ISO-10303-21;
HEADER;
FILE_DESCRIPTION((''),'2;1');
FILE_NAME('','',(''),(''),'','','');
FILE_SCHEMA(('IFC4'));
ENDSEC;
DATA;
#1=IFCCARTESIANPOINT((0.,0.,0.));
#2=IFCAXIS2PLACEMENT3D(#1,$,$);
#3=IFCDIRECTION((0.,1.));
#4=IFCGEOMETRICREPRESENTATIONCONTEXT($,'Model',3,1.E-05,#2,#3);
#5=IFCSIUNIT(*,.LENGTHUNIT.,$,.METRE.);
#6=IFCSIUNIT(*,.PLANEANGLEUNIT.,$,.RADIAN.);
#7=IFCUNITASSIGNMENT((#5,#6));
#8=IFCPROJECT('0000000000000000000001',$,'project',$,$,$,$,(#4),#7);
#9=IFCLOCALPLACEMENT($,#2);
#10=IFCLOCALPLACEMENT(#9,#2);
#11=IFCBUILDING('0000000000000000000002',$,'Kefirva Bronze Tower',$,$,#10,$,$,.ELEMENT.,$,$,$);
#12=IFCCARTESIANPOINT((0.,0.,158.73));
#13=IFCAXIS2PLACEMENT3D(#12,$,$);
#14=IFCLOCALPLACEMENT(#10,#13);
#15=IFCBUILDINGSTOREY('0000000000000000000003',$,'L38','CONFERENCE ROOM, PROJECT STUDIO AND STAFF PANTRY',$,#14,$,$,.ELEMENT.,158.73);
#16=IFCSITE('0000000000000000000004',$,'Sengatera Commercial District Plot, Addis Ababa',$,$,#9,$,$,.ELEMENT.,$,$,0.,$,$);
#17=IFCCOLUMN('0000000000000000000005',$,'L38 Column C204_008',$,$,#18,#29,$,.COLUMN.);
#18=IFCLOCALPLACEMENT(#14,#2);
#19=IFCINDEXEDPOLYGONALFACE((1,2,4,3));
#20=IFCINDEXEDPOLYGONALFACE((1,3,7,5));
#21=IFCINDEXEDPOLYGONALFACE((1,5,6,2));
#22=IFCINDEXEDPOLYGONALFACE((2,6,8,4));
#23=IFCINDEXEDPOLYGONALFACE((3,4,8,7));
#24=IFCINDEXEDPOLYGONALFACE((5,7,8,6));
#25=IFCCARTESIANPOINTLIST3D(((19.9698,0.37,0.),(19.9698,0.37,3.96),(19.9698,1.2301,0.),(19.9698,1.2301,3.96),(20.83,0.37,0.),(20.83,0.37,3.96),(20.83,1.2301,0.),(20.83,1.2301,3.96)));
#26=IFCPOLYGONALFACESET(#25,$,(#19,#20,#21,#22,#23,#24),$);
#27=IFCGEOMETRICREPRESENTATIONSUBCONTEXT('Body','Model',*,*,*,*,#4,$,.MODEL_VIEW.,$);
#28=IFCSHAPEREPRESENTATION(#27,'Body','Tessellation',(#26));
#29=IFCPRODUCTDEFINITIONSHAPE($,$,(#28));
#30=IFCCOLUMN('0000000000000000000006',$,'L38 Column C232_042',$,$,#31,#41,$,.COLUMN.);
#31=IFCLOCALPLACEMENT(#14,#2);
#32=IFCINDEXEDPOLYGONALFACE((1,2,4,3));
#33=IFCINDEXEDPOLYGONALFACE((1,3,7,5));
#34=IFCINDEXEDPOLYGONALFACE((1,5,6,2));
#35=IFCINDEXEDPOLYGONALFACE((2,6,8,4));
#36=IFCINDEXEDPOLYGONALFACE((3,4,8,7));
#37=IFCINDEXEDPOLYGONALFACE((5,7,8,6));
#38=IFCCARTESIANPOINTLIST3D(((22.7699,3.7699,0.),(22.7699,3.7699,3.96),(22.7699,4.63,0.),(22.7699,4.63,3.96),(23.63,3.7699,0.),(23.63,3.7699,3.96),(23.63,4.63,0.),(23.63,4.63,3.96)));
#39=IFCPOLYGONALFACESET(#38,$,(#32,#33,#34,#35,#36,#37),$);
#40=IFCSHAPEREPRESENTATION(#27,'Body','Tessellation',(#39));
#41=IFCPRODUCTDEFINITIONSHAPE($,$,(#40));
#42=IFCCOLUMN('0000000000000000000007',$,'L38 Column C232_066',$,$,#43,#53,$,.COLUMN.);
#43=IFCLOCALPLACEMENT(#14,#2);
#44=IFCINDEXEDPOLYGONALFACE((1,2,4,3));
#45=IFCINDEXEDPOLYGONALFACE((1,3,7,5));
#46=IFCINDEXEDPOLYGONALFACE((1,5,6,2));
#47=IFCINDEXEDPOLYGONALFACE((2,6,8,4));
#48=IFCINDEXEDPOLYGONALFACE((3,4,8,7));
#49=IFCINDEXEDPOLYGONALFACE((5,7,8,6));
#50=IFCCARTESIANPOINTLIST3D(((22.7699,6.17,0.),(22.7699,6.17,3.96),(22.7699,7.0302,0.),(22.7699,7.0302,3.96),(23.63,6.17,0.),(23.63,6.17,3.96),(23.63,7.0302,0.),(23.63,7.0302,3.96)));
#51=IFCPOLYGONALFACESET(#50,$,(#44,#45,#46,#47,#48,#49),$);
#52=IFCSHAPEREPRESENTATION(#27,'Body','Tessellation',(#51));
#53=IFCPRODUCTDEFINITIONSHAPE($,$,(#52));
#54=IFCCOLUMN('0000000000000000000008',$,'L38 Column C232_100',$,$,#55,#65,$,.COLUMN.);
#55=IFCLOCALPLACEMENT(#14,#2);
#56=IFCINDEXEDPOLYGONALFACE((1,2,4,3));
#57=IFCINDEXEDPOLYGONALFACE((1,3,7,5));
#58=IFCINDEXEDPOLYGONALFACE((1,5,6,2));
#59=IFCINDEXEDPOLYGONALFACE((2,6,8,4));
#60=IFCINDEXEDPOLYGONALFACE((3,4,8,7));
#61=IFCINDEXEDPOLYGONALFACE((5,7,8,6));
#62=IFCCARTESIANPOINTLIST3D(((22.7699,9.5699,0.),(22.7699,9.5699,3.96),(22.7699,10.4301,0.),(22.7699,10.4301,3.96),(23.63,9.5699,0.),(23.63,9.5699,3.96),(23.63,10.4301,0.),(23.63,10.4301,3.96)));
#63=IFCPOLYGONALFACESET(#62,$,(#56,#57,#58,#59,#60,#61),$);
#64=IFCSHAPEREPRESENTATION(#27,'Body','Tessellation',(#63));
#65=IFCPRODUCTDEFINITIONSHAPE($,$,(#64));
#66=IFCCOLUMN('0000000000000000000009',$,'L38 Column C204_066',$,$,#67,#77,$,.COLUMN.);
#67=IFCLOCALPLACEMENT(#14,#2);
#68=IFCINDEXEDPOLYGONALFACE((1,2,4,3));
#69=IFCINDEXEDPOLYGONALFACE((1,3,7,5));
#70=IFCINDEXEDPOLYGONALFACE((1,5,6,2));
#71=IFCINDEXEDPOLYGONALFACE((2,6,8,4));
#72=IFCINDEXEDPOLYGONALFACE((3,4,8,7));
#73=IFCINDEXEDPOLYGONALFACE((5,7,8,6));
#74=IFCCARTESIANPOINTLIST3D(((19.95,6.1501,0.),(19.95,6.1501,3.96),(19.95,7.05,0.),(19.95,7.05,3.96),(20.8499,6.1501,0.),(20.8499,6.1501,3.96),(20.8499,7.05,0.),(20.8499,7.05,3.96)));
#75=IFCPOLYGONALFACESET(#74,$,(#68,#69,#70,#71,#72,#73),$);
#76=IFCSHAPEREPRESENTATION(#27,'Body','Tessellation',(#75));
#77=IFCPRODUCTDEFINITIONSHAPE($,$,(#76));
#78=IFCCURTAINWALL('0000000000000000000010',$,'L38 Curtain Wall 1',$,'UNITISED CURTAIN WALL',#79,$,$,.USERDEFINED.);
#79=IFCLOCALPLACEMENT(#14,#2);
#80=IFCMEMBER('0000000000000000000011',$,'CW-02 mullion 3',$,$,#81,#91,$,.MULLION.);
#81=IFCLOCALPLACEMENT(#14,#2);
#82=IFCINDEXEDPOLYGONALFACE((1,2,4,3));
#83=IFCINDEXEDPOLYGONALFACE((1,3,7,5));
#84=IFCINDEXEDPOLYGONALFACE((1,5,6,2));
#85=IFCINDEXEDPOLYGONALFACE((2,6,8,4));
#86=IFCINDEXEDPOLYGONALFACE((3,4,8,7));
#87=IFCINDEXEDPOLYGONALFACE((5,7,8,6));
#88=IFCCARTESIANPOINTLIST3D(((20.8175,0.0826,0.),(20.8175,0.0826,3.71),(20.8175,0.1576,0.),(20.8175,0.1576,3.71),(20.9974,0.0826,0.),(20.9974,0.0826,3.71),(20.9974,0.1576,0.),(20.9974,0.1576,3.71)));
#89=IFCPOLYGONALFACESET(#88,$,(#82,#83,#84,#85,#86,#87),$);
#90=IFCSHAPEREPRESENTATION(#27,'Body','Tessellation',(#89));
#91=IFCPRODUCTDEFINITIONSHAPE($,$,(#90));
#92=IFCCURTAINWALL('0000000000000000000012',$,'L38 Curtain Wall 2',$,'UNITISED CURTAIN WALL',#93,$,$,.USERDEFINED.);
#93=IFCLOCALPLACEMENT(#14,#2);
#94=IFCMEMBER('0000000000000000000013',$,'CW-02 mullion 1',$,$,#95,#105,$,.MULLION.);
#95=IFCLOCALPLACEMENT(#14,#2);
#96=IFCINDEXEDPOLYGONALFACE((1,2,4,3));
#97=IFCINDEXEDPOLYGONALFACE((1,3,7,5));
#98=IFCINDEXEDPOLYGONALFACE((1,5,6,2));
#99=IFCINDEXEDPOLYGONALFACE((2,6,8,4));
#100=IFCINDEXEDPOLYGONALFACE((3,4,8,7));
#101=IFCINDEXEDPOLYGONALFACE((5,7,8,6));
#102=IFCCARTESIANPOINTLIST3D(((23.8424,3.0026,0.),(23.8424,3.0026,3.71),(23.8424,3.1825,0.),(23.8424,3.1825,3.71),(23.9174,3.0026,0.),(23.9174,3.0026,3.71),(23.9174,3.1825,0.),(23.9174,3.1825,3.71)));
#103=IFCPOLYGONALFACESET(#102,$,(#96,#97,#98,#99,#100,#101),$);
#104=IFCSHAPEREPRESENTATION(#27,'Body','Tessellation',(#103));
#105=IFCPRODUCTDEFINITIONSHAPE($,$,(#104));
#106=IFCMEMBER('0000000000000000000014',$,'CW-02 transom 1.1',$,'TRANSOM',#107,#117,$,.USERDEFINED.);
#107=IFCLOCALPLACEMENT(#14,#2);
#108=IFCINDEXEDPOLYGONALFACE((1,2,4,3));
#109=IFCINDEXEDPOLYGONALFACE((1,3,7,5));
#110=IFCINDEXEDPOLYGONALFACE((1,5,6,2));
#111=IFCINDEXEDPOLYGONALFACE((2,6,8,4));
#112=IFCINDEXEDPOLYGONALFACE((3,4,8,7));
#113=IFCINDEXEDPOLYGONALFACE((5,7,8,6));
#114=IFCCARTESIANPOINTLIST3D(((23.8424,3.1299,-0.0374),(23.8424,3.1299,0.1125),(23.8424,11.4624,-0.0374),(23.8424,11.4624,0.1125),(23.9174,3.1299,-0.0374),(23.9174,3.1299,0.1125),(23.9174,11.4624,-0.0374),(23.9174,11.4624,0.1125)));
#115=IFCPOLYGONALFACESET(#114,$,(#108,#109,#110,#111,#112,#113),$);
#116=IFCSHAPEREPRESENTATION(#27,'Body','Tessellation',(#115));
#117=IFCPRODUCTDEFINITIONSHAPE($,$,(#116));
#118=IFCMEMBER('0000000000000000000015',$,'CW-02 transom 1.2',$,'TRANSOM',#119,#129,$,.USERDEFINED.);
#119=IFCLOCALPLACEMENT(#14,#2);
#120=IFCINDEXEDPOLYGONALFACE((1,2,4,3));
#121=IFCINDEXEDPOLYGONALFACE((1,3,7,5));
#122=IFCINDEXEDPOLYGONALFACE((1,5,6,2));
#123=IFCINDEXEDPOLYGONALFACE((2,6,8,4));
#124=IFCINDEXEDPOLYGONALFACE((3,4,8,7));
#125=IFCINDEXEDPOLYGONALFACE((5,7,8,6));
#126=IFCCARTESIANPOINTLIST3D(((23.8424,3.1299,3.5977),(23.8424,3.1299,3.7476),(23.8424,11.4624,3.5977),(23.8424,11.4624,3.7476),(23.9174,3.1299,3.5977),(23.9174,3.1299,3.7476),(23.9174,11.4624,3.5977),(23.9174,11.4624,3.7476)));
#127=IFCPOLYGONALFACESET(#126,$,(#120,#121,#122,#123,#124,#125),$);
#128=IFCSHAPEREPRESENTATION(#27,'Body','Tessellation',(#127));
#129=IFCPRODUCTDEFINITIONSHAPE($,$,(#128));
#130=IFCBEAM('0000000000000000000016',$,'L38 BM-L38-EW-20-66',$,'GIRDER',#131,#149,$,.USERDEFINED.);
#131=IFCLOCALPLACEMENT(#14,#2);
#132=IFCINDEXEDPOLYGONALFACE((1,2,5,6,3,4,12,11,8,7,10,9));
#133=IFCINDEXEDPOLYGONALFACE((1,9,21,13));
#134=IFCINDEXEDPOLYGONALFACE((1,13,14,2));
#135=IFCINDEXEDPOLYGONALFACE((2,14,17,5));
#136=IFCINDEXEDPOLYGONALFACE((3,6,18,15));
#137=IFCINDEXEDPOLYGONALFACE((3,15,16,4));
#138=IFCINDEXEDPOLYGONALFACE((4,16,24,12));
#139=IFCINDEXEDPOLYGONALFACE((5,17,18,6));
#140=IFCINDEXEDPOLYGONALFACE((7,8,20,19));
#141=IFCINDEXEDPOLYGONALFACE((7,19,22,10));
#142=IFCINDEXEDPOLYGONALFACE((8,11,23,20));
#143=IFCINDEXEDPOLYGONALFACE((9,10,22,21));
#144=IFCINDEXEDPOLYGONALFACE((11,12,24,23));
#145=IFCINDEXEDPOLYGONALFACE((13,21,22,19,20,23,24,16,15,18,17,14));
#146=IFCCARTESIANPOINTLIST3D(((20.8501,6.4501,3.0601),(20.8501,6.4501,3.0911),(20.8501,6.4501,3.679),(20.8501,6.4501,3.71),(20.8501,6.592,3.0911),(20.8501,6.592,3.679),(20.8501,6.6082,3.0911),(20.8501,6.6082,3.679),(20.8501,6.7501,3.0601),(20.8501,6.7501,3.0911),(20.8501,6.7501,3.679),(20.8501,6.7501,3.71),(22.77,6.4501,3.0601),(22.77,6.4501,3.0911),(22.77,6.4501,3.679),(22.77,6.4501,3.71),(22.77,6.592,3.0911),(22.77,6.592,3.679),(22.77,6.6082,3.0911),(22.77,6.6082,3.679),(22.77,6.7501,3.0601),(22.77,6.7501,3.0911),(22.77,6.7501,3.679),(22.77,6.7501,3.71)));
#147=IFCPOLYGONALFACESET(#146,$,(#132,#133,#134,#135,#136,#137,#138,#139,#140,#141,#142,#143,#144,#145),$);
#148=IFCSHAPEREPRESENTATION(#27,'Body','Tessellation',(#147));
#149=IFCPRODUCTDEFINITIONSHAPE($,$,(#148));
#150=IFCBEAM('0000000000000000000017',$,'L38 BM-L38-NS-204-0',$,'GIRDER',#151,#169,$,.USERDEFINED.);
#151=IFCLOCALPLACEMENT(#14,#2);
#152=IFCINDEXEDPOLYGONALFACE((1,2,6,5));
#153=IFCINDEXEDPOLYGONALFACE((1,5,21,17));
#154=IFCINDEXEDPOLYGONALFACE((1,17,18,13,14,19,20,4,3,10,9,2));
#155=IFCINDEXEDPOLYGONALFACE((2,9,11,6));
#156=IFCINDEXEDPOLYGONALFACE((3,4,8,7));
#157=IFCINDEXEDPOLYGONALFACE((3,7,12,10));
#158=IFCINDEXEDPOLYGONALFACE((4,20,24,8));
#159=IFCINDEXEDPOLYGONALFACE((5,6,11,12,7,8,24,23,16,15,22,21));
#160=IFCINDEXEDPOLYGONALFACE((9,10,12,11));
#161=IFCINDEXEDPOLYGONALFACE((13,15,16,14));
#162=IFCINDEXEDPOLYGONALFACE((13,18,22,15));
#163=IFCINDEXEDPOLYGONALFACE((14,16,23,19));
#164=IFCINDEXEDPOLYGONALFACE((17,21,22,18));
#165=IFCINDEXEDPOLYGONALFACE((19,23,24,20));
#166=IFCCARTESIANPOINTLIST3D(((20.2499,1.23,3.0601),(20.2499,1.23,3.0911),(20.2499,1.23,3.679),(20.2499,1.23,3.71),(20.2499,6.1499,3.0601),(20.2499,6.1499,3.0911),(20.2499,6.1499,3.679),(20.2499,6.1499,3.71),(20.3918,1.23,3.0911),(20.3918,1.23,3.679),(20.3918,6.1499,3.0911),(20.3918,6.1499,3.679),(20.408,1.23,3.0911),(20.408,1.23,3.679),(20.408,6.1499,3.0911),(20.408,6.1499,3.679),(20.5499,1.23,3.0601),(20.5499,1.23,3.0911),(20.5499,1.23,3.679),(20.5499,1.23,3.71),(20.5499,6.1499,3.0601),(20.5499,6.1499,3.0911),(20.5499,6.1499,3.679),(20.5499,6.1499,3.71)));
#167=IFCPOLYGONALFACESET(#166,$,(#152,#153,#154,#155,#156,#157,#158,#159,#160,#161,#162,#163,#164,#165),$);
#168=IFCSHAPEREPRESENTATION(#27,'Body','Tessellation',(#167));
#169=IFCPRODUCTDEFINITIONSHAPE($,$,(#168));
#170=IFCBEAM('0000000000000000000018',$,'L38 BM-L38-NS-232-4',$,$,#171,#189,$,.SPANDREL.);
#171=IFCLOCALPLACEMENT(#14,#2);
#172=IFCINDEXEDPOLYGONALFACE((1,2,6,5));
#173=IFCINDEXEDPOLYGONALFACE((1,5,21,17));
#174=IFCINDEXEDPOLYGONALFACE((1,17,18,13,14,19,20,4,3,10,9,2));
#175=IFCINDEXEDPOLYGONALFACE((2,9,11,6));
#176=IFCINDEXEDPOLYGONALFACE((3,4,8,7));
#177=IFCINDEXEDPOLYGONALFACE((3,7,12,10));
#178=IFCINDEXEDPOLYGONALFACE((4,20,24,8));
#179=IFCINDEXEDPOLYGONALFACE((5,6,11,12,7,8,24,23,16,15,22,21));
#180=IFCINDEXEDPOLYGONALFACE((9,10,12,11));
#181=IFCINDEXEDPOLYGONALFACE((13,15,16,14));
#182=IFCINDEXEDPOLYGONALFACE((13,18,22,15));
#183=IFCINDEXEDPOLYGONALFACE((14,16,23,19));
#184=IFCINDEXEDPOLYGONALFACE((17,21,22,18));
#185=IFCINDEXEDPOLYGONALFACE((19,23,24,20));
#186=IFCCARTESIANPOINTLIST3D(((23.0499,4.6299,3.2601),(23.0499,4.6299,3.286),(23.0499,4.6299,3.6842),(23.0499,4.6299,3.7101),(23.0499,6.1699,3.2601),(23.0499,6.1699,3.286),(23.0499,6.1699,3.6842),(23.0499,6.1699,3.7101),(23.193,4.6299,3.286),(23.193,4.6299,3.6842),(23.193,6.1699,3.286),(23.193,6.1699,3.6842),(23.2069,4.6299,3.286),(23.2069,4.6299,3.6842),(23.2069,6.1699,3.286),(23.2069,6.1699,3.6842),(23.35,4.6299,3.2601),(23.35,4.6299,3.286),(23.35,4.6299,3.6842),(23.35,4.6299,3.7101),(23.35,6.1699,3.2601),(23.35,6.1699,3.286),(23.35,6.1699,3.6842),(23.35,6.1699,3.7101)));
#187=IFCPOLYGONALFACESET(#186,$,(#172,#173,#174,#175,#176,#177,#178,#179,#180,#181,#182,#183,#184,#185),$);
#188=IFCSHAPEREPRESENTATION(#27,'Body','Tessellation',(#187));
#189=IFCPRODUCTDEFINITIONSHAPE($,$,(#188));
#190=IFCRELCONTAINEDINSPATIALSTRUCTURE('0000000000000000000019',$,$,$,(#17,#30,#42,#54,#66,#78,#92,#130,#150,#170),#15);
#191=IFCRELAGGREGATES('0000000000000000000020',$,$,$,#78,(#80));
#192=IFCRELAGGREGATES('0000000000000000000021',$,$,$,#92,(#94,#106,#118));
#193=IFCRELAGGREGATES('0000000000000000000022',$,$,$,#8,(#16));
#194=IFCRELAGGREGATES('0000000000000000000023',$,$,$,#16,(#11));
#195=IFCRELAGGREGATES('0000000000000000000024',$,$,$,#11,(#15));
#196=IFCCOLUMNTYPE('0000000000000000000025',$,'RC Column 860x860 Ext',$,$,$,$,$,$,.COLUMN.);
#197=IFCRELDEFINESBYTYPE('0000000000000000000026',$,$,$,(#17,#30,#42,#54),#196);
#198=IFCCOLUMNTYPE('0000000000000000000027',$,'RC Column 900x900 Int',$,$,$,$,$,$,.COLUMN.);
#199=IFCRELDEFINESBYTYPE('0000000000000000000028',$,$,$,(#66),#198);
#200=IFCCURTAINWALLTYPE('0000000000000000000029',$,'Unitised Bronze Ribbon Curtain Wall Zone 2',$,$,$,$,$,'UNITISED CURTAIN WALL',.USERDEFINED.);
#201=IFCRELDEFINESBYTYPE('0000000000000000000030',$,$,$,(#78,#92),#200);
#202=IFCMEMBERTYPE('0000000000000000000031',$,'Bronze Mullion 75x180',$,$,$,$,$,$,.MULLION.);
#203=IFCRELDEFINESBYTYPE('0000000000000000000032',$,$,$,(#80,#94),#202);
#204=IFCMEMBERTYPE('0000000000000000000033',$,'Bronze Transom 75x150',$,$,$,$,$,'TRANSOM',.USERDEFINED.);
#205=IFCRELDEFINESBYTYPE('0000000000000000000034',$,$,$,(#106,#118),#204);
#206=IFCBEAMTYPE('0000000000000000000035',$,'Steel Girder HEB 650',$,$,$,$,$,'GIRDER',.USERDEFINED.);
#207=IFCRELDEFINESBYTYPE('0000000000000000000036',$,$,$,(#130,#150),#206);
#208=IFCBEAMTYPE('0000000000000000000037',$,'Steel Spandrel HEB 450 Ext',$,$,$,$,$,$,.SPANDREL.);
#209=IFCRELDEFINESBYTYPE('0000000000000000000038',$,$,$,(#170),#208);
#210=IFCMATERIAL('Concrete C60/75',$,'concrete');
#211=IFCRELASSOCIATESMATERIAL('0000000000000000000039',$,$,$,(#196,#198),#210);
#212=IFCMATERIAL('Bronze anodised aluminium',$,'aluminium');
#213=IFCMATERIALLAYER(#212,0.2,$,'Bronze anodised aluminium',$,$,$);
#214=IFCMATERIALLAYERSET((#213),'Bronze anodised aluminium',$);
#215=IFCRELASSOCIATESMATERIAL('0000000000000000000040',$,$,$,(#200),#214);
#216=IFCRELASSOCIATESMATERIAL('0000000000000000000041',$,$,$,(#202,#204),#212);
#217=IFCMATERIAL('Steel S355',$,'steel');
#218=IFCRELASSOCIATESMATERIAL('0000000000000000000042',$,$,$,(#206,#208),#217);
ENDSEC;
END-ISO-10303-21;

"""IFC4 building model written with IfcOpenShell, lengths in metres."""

from ifc_helpers import new_model, si_unit, direction, frame, origin, origin_2d, place, context, subcontext, project, spatial, rectangle, i_section, extrude, material, layer, layer_set, material_profile, profile_set, type_object, element, aggregate, save


model = new_model("IFC4")

# Units and contexts
model_context = context("Model", 3, precision=1e-05, world=origin(), true_north=direction((0.0, 1.0)))
body_context = subcontext(model_context, "Body", "Model", "MODEL_VIEW")
ifc_project = project(units=[si_unit("LENGTHUNIT", "METRE"), si_unit("PLANEANGLEUNIT", "RADIAN")], contexts=[model_context])

# Site, building, storey
site_placement = place(None, origin())
site = spatial("IfcSite", under=ifc_project, at=site_placement, Name="Sengatera Commercial District Plot, Addis Ababa", CompositionType="ELEMENT", RefElevation=0.0)
building_placement = place(site_placement, origin())
building = spatial("IfcBuilding", under=site, at=building_placement, Name="Kefirva Bronze Tower", CompositionType="ELEMENT")
storey_placement = place(building_placement, frame((0.0, 0.0, 158.73)))
storey = spatial("IfcBuildingStorey", under=building, at=storey_placement, Name="L38", Description="CONFERENCE ROOM, PROJECT STUDIO AND STAFF PANTRY", CompositionType="ELEMENT", Elevation=158.73)

# Columns
ifc_material_1 = material(Name="Concrete C60/75", Category="concrete")
ifc_material_profile_1 = material_profile(ifc_material_1, rectangle(XDim=0.8601, YDim=0.8601, at=origin_2d()), Name="RC 860x860")
ifc_profile_set_1 = profile_set([ifc_material_profile_1], Name="Concrete C60/75")
column_type_1 = type_object("IfcColumnType", Name="RC Column 860x860 Ext", PredefinedType="COLUMN", material=ifc_profile_set_1)
for number, where, z_axis, x_axis, name in (
    (1, (20.3999, 0.8, 0.0), (0.0, 0.0, 1.0), (1.0, 0.0, 0.0), "L38 Column C204_008"),
    (2, (23.2, 4.2, 0.0), (0.0, 0.0, 1.0), (1.0, 0.0, 0.0), "L38 Column C232_042"),
    (3, (23.2, 6.6001, 0.0), (0.0, 0.0, 1.0), (1.0, 0.0, 0.0), "L38 Column C232_066"),
    (4, (23.2, 10.0, 0.0), (0.0, 0.0, 1.0), (1.0, 0.0, 0.0), "L38 Column C232_100"),
):
    element("IfcColumn", number, at=place(storey_placement, frame(where, z_axis=z_axis, x_axis=x_axis)), inside=storey, type_object=column_type_1, Name=name, PredefinedType="COLUMN", context=body_context, shape_type="SweptSolid", body=[
        extrude(rectangle(XDim=0.8601, YDim=0.8601, at=origin_2d()), origin(), (0.0, 0.0, 1.0), 3.96),
    ])
ifc_material_profile_2 = material_profile(ifc_material_1, rectangle(XDim=0.8999, YDim=0.8999, at=origin_2d()), Name="RC 900x900")
ifc_profile_set_2 = profile_set([ifc_material_profile_2], Name="Concrete C60/75")
column_type_2 = type_object("IfcColumnType", Name="RC Column 900x900 Int", PredefinedType="COLUMN", material=ifc_profile_set_2)
column_placement = place(storey_placement, frame((20.3999, 6.6001, 0.0), z_axis=(0.0, 0.0, 1.0), x_axis=(1.0, 0.0, 0.0)))
element("IfcColumn", 5, at=column_placement, inside=storey, type_object=column_type_2, Name="L38 Column C204_066", PredefinedType="COLUMN", context=body_context, shape_type="SweptSolid", body=[
    extrude(rectangle(XDim=0.8999, YDim=0.8999, at=origin_2d()), origin(), (0.0, 0.0, 1.0), 3.96),
])

# Curtain wall, member
ifc_material_2 = material(Name="Bronze anodised aluminium", Category="aluminium")
ifc_layer_1 = layer(ifc_material_2, 0.2, Name="Bronze anodised aluminium")
ifc_layer_set_1 = layer_set([ifc_layer_1], Name="Bronze anodised aluminium")
curtain_wall_type = type_object("IfcCurtainWallType", Name="Unitised Bronze Ribbon Curtain Wall Zone 2", ElementType="UNITISED CURTAIN WALL", PredefinedType="USERDEFINED", material=ifc_layer_set_1)
curtain_wall_1_placement = place(storey_placement, origin())
curtain_wall_1 = element("IfcCurtainWall", 6, at=curtain_wall_1_placement, inside=storey, type_object=curtain_wall_type, Name="L38 Curtain Wall 1", ObjectType="UNITISED CURTAIN WALL", PredefinedType="USERDEFINED")
ifc_material_profile_3 = material_profile(ifc_material_2, rectangle(XDim=0.075, YDim=0.1799, at=origin_2d()), Name="ALU 75x180")
ifc_profile_set_3 = profile_set([ifc_material_profile_3], Name="Bronze anodised aluminium")
member_type_1 = type_object("IfcMemberType", Name="Bronze Mullion 75x180", PredefinedType="MULLION", material=ifc_profile_set_3)
member_1_placement = place(storey_placement, frame((20.9075, 0.1201, 0.0), z_axis=(0.0, 0.0, 1.0), x_axis=(0.0, 1.0, 0.0)))
member_1 = element("IfcMember", 7, at=member_1_placement, type_object=member_type_1, Name="CW-02 mullion 3", PredefinedType="MULLION", context=body_context, shape_type="SweptSolid", body=[
    extrude(rectangle(XDim=0.075, YDim=0.1799, at=origin_2d()), origin(), (0.0, 0.0, 1.0), 3.71),
])
aggregate(curtain_wall_1, [member_1])

# Curtain wall, members
curtain_wall_2_placement = place(storey_placement, origin())
curtain_wall_2 = element("IfcCurtainWall", 8, at=curtain_wall_2_placement, inside=storey, type_object=curtain_wall_type, Name="L38 Curtain Wall 2", ObjectType="UNITISED CURTAIN WALL", PredefinedType="USERDEFINED")
member_2_placement = place(storey_placement, frame((23.8799, 3.0925, 0.0), z_axis=(0.0, 0.0, 1.0), x_axis=(-1.0, 0.0, 0.0)))
member_2 = element("IfcMember", 9, at=member_2_placement, type_object=member_type_1, Name="CW-02 mullion 1", PredefinedType="MULLION", context=body_context, shape_type="SweptSolid", body=[
    extrude(rectangle(XDim=0.075, YDim=0.1799, at=origin_2d()), origin(), (0.0, 0.0, 1.0), 3.71),
])
ifc_material_profile_4 = material_profile(ifc_material_2, rectangle(XDim=0.075, YDim=0.1499, at=origin_2d()), Name="ALU 75x150")
ifc_profile_set_4 = profile_set([ifc_material_profile_4], Name="Bronze anodised aluminium")
member_type_2 = type_object("IfcMemberType", Name="Bronze Transom 75x150", ElementType="TRANSOM", PredefinedType="USERDEFINED", material=ifc_profile_set_4)
member_3_placement = place(storey_placement, frame((23.8799, 3.1299, 0.0376), z_axis=(0.0, 1.0, 0.0), x_axis=(-1.0, 0.0, 0.0)))
member_3 = element("IfcMember", 10, at=member_3_placement, type_object=member_type_2, Name="CW-02 transom 1.1", ObjectType="TRANSOM", PredefinedType="USERDEFINED", context=body_context, shape_type="SweptSolid", body=[
    extrude(rectangle(XDim=0.075, YDim=0.1499, at=origin_2d()), origin(), (0.0, 0.0, 1.0), 8.3325),
])
member_4_placement = place(storey_placement, frame((23.8799, 3.1299, 3.6726), z_axis=(0.0, 1.0, 0.0), x_axis=(-1.0, 0.0, 0.0)))
member_4 = element("IfcMember", 11, at=member_4_placement, type_object=member_type_2, Name="CW-02 transom 1.2", ObjectType="TRANSOM", PredefinedType="USERDEFINED", context=body_context, shape_type="SweptSolid", body=[
    extrude(rectangle(XDim=0.075, YDim=0.1499, at=origin_2d()), origin(), (0.0, 0.0, 1.0), 8.3325),
])

# Beams
ifc_material_3 = material(Name="Steel S355", Category="steel")
ifc_material_profile_5 = material_profile(ifc_material_3, i_section(OverallWidth=0.3, OverallDepth=0.6499, WebThickness=0.0161, FlangeThickness=0.031, at=origin_2d()), Name="HEB 650")
ifc_profile_set_5 = profile_set([ifc_material_profile_5], Name="Steel S355")
beam_type_1 = type_object("IfcBeamType", Name="Steel Girder HEB 650", ElementType="GIRDER", PredefinedType="USERDEFINED", material=ifc_profile_set_5)
beam_1_placement = place(storey_placement, frame((20.8501, 6.6001, 3.385), z_axis=(1.0, 0.0, 0.0), x_axis=(0.0, 1.0, 0.0)))
element("IfcBeam", 12, at=beam_1_placement, inside=storey, type_object=beam_type_1, Name="L38 BM-L38-EW-20-66", ObjectType="GIRDER", PredefinedType="USERDEFINED", context=body_context, shape_type="SweptSolid", body=[
    extrude(i_section(OverallWidth=0.3, OverallDepth=0.6499, WebThickness=0.0161, FlangeThickness=0.031, at=origin_2d()), origin(), (0.0, 0.0, 1.0), 1.9199),
])
beam_2_placement = place(storey_placement, frame((20.3999, 1.23, 3.385), z_axis=(0.0, 1.0, 0.0), x_axis=(-1.0, 0.0, 0.0)))
element("IfcBeam", 13, at=beam_2_placement, inside=storey, type_object=beam_type_1, Name="L38 BM-L38-NS-204-0", ObjectType="GIRDER", PredefinedType="USERDEFINED", context=body_context, shape_type="SweptSolid", body=[
    extrude(i_section(OverallWidth=0.3, OverallDepth=0.6499, WebThickness=0.0161, FlangeThickness=0.031, at=origin_2d()), origin(), (0.0, 0.0, 1.0), 4.9199),
])
ifc_material_profile_6 = material_profile(ifc_material_3, i_section(OverallWidth=0.3, OverallDepth=0.45, WebThickness=0.0139, FlangeThickness=0.0259, at=origin_2d()), Name="HEB 450")
ifc_profile_set_6 = profile_set([ifc_material_profile_6], Name="Steel S355")
beam_type_2 = type_object("IfcBeamType", Name="Steel Spandrel HEB 450 Ext", PredefinedType="SPANDREL", material=ifc_profile_set_6)
beam_3_placement = place(storey_placement, frame((23.2, 4.6299, 3.4851), z_axis=(0.0, 1.0, 0.0), x_axis=(-1.0, 0.0, 0.0)))
element("IfcBeam", 14, at=beam_3_placement, inside=storey, type_object=beam_type_2, Name="L38 BM-L38-NS-232-4", PredefinedType="SPANDREL", context=body_context, shape_type="SweptSolid", body=[
    extrude(i_section(OverallWidth=0.3, OverallDepth=0.45, WebThickness=0.0139, FlangeThickness=0.0259, at=origin_2d()), origin(), (0.0, 0.0, 1.0), 1.54),
])

aggregate(curtain_wall_2, [member_2, member_3, member_4])

save(model, "model.ifc")
